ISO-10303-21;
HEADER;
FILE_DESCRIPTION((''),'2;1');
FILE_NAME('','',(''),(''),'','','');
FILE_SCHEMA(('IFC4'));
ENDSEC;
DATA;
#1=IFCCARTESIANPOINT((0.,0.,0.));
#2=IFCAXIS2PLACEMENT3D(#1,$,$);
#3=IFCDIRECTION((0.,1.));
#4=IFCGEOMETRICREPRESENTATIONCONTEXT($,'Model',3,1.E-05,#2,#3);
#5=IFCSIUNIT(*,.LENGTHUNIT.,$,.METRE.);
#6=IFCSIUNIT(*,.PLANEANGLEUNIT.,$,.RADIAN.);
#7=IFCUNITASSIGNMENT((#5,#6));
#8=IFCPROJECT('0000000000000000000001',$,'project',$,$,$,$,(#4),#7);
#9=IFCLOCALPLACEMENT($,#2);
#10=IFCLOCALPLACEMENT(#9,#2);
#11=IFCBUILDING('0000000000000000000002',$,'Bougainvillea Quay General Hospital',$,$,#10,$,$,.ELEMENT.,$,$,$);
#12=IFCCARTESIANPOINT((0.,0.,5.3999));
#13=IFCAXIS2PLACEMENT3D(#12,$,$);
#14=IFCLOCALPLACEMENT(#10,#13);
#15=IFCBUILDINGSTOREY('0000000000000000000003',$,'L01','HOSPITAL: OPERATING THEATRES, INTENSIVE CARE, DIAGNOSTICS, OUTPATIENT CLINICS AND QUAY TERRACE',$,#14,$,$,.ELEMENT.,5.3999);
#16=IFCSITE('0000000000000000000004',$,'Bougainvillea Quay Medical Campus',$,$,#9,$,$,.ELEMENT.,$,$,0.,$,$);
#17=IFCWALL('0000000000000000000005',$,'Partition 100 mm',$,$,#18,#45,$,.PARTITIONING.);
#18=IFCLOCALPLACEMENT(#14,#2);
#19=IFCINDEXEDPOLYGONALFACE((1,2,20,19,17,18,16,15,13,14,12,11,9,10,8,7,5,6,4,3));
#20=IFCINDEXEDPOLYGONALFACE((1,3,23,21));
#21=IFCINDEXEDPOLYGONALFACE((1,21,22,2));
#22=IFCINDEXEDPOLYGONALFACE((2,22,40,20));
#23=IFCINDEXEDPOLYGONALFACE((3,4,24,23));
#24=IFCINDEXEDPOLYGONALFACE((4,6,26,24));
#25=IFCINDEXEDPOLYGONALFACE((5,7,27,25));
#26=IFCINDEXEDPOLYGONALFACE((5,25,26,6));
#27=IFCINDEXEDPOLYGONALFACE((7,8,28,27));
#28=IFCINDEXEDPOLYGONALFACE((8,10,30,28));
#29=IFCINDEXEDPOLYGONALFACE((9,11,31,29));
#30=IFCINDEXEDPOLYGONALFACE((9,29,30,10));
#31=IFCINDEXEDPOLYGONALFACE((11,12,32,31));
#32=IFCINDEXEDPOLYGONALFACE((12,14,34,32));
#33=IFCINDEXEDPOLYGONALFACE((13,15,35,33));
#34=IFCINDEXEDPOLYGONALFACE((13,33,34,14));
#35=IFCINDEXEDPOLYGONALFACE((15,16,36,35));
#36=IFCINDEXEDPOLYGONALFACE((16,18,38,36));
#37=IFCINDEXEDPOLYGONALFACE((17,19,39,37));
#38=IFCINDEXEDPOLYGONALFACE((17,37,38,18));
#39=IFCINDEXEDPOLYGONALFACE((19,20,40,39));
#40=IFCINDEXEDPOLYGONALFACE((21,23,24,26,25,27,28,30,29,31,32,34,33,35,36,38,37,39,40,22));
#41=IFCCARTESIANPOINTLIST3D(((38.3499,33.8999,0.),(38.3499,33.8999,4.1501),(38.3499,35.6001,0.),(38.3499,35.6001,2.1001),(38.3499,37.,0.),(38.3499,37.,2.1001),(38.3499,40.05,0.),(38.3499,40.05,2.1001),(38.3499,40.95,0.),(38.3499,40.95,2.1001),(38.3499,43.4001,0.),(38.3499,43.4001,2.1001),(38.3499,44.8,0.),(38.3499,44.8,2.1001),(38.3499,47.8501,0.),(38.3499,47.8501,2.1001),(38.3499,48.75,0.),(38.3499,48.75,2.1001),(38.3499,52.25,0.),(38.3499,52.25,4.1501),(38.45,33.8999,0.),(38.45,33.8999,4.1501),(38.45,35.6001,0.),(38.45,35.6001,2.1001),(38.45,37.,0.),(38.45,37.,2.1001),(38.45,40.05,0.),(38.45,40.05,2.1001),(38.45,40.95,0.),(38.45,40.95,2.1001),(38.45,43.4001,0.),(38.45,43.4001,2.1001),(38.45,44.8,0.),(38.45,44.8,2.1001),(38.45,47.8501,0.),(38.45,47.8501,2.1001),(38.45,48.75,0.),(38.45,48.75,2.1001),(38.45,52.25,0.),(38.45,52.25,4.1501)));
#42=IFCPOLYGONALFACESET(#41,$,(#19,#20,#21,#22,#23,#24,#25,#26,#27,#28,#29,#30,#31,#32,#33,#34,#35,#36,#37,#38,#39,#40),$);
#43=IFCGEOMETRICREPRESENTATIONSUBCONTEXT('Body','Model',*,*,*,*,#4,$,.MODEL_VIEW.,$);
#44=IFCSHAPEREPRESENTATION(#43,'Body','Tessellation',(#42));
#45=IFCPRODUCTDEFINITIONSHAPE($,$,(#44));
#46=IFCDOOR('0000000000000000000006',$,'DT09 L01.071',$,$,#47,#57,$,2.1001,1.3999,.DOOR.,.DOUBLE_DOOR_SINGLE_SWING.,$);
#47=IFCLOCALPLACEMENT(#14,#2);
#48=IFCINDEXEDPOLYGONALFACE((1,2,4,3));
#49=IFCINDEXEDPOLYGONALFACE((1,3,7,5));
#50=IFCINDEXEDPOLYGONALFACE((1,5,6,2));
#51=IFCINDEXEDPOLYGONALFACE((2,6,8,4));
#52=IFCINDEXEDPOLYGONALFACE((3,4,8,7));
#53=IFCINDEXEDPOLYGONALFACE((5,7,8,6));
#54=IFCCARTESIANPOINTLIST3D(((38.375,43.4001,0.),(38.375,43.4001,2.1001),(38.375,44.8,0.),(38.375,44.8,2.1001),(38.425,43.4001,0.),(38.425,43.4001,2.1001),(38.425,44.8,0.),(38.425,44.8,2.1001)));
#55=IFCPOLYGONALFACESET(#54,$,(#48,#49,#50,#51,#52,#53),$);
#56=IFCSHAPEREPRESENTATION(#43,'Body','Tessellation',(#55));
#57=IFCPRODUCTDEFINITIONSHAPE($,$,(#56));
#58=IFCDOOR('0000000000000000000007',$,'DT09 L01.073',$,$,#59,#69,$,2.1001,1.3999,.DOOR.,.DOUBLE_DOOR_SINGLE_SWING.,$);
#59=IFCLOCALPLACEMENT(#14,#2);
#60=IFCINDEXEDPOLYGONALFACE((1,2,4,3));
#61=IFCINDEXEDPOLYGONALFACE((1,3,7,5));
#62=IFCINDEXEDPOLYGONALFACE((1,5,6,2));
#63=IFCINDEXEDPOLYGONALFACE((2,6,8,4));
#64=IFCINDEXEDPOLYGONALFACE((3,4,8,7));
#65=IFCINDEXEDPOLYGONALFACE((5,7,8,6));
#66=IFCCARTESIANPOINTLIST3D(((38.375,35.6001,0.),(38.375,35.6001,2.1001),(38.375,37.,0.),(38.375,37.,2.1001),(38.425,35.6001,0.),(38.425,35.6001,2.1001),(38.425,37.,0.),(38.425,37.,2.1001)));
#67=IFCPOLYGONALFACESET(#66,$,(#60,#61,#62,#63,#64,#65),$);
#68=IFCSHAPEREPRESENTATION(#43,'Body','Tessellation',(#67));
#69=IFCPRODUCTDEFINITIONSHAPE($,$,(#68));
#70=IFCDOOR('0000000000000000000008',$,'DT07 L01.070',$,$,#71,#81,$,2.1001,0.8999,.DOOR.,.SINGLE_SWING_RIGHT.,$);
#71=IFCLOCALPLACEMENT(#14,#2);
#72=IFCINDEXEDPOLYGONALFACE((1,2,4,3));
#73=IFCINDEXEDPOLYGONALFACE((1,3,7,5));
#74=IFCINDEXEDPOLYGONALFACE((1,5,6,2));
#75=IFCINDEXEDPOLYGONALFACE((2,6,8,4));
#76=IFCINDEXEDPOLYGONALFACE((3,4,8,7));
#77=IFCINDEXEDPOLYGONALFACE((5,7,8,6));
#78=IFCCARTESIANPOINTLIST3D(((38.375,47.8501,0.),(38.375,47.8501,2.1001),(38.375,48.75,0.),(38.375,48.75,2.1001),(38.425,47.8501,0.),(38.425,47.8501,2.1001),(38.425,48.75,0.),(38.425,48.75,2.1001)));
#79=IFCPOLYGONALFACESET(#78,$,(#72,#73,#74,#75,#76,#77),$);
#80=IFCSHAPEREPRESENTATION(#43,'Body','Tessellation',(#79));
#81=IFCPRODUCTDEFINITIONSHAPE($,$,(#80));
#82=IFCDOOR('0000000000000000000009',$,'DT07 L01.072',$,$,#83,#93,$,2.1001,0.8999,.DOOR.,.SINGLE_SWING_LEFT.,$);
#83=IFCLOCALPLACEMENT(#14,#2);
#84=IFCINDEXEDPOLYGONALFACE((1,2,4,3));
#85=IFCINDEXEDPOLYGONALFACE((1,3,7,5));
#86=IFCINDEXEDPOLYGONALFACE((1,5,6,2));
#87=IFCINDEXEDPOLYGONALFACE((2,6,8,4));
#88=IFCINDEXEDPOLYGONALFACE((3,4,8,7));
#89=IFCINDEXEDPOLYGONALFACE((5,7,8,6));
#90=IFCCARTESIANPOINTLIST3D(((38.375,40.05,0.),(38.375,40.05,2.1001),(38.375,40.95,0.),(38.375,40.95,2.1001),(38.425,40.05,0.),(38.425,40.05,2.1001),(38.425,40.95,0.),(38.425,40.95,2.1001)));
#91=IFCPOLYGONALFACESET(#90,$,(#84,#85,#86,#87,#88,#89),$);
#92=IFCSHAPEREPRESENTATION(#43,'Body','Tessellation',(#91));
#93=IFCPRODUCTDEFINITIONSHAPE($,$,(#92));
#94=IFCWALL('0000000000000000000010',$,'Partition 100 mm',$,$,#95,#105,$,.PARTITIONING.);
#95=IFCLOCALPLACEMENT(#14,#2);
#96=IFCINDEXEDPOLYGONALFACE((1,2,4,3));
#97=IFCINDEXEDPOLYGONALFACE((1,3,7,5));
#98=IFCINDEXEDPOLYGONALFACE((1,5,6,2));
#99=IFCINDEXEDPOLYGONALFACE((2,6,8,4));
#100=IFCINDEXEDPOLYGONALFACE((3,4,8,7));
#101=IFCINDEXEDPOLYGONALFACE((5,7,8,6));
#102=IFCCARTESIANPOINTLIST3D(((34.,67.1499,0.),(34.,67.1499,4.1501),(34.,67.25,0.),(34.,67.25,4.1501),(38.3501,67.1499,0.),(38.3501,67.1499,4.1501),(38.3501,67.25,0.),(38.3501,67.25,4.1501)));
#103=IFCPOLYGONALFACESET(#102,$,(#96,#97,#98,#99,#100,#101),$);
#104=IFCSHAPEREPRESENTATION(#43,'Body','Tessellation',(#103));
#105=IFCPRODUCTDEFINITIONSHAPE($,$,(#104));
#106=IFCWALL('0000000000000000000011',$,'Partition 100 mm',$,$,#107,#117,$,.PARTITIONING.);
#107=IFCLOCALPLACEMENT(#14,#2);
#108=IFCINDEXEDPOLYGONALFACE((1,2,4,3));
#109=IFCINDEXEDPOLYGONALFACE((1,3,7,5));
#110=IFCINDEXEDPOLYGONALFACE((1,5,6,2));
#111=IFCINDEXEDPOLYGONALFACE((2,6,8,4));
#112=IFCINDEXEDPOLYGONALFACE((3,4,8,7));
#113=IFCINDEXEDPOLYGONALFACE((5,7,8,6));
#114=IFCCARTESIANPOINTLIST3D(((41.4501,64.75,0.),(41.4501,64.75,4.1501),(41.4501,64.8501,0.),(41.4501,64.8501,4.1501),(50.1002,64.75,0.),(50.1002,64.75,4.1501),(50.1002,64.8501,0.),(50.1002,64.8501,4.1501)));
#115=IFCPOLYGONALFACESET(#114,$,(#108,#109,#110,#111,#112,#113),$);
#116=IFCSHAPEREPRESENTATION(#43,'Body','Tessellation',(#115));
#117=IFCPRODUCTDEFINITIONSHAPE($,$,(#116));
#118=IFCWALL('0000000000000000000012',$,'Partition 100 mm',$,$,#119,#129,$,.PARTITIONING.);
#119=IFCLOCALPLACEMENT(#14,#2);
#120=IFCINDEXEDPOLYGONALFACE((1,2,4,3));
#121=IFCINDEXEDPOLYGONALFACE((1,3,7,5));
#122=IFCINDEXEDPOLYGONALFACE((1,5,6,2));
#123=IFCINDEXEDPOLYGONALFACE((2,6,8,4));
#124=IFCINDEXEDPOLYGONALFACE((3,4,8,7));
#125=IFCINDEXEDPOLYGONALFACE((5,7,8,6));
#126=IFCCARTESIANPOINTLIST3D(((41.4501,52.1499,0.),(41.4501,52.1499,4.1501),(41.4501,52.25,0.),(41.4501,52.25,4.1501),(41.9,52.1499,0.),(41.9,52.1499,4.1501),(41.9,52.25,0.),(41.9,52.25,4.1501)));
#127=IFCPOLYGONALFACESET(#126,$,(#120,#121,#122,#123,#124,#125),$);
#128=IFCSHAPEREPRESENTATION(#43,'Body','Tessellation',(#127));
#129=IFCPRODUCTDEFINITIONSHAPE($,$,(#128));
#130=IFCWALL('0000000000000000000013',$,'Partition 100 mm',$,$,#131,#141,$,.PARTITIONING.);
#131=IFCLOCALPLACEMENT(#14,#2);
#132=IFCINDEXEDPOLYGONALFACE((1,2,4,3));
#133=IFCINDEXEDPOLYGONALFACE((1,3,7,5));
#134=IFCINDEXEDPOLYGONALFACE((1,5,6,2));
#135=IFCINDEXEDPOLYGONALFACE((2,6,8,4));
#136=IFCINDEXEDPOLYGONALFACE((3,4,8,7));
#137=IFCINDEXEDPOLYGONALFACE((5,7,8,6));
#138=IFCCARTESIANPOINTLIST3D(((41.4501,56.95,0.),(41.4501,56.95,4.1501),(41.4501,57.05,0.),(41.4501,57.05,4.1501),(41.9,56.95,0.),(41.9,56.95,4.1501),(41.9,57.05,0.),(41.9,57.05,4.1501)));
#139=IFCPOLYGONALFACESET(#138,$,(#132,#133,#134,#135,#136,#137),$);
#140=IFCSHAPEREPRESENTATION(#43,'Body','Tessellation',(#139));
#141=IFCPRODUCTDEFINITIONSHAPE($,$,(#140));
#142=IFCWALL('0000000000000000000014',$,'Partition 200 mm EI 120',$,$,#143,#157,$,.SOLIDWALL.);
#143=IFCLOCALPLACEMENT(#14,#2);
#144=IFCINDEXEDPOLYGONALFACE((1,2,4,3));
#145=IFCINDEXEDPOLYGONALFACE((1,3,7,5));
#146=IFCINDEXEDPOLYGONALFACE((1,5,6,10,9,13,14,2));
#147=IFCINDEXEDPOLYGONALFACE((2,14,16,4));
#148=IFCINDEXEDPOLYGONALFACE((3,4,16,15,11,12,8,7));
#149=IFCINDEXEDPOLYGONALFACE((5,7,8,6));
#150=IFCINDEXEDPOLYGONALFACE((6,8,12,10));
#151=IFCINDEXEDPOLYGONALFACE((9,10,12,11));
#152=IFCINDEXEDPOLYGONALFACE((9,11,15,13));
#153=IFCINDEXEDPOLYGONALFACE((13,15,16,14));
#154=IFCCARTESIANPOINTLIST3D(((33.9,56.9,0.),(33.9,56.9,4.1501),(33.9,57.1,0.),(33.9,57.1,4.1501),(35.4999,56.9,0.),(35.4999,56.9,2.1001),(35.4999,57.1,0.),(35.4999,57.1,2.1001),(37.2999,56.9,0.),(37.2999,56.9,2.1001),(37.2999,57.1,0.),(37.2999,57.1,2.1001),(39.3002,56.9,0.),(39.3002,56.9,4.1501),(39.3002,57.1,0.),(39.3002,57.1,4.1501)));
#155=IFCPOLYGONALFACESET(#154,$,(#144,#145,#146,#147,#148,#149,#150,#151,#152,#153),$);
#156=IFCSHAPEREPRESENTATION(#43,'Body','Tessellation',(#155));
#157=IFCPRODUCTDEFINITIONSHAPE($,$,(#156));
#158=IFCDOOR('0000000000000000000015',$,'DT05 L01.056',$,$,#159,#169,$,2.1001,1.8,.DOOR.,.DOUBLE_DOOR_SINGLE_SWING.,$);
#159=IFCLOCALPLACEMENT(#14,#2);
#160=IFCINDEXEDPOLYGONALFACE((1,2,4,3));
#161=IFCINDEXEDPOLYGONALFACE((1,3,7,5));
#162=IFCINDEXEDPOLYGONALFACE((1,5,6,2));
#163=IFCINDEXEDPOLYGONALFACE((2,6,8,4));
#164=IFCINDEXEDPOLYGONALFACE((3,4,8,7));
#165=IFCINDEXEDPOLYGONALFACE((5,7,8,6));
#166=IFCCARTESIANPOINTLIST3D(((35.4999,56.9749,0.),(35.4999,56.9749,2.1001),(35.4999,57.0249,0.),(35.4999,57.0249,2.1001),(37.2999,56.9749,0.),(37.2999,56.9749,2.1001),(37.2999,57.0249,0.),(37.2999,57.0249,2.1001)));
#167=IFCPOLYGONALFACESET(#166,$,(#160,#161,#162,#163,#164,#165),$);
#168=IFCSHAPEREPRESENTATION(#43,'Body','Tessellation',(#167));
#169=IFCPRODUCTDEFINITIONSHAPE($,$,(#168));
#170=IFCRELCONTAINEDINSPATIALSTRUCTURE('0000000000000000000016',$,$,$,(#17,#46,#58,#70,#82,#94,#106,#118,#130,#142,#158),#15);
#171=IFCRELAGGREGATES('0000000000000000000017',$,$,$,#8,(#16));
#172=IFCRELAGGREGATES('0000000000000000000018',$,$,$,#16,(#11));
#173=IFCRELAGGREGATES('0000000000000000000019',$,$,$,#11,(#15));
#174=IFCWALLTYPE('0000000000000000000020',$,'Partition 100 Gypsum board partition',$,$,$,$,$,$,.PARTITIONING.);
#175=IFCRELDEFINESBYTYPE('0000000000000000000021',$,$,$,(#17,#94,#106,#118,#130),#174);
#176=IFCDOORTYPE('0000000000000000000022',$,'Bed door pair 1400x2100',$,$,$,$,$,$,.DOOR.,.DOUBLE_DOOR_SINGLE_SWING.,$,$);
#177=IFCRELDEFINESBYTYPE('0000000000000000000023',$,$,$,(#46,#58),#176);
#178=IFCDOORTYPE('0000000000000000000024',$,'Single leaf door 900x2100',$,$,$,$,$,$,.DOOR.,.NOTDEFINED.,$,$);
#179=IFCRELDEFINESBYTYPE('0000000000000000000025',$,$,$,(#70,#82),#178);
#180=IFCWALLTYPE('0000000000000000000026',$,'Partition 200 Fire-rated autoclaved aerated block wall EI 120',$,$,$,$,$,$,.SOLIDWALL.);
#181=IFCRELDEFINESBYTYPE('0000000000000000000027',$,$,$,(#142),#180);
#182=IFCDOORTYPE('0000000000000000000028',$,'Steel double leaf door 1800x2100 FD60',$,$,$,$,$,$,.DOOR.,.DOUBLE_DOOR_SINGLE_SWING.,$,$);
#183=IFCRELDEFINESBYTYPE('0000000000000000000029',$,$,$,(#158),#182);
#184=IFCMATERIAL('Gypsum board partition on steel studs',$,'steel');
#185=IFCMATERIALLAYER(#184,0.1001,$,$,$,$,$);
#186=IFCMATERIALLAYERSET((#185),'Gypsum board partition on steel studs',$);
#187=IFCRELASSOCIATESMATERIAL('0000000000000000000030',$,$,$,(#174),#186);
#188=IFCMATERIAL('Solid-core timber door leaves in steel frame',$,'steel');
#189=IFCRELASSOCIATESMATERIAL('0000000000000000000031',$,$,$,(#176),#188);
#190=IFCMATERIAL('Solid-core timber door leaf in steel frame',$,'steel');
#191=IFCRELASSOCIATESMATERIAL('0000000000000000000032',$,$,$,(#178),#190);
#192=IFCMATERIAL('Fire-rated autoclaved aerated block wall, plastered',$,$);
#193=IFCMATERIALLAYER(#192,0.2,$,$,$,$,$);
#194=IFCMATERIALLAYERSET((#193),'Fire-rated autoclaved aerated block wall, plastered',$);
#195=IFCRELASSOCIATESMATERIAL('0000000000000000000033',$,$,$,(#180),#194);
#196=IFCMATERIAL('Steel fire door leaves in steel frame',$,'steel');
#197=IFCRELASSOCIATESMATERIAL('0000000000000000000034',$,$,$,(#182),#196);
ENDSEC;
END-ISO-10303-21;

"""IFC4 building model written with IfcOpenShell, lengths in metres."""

from ifc_helpers import new_model, si_unit, direction, frame, frame_2d, origin, place, context, subcontext, project, spatial, rectangle, extrude, material, layer, layer_set, type_object, element, fill, save


model = new_model("IFC4")

# Units and contexts
model_context = context("Model", 3, precision=1e-05, world=origin(), true_north=direction((0.0, 1.0)))
body_context = subcontext(model_context, "Body", "Model", "MODEL_VIEW")
ifc_project = project(units=[si_unit("LENGTHUNIT", "METRE"), si_unit("PLANEANGLEUNIT", "RADIAN")], contexts=[model_context])

# Site, building, storey
site_placement = place(None, origin())
site = spatial("IfcSite", under=ifc_project, at=site_placement, Name="Bougainvillea Quay Medical Campus", CompositionType="ELEMENT", RefElevation=0.0)
building_placement = place(site_placement, origin())
building = spatial("IfcBuilding", under=site, at=building_placement, Name="Bougainvillea Quay General Hospital", CompositionType="ELEMENT")
storey_placement = place(building_placement, frame((0.0, 0.0, 5.3999)))
storey = spatial("IfcBuildingStorey", under=building, at=storey_placement, Name="L01", Description="HOSPITAL: OPERATING THEATRES, INTENSIVE CARE, DIAGNOSTICS, OUTPATIENT CLINICS AND QUAY TERRACE", CompositionType="ELEMENT", Elevation=5.3999)

# Wall, openings, doors
ifc_material_1 = material(Name="Gypsum board partition on steel studs", Category="steel")
ifc_layer_1 = layer(ifc_material_1, 0.1001)
ifc_layer_set_1 = layer_set([ifc_layer_1], Name="Gypsum board partition on steel studs")
wall_type_1 = type_object("IfcWallType", Name="Partition 100 Gypsum board partition", PredefinedType="PARTITIONING", material=ifc_layer_set_1)
wall_1_placement = place(storey_placement, frame((38.3999, 52.25, 0.0), z_axis=(0.0, 0.0, 1.0), x_axis=(0.0, -1.0, 0.0)))
wall_1 = element("IfcWall", 1, at=wall_1_placement, inside=storey, type_object=wall_type_1, Name="Partition 100 mm", PredefinedType="PARTITIONING", context=body_context, shape_type="SweptSolid", body=[
    extrude(rectangle(XDim=18.3501, YDim=0.1001, at=frame_2d((9.175, 0.0))), origin(), (0.0, 0.0, 1.0), 4.1501),
])
opening_1_placement = place(wall_1_placement, frame((3.5, 0.0, 0.0)))
opening_1 = element("IfcOpeningElement", 2, at=opening_1_placement, cuts=wall_1, PredefinedType="OPENING", context=body_context, shape_type="SweptSolid", body=[
    extrude(rectangle(XDim=0.8999, YDim=2.1001, at=frame_2d((0.45, 1.05))), frame((0.0, 0.0601, 0.0), z_axis=(0.0, -1.0, 0.0), x_axis=(1.0, 0.0, 0.0)), (0.0, 0.0, 1.0), 0.1201),
])
opening_2_placement = place(wall_1_placement, frame((7.45, 0.0, 0.0)))
opening_2 = element("IfcOpeningElement", 3, at=opening_2_placement, cuts=wall_1, PredefinedType="OPENING", context=body_context, shape_type="SweptSolid", body=[
    extrude(rectangle(XDim=1.3999, YDim=2.1001, at=frame_2d((0.7, 1.05))), frame((0.0, 0.0601, 0.0), z_axis=(0.0, -1.0, 0.0), x_axis=(1.0, 0.0, 0.0)), (0.0, 0.0, 1.0), 0.1201),
])
opening_3_placement = place(wall_1_placement, frame((11.3, 0.0, 0.0)))
opening_3 = element("IfcOpeningElement", 4, at=opening_3_placement, cuts=wall_1, PredefinedType="OPENING", context=body_context, shape_type="SweptSolid", body=[
    extrude(rectangle(XDim=0.8999, YDim=2.1001, at=frame_2d((0.45, 1.05))), frame((0.0, 0.0601, 0.0), z_axis=(0.0, -1.0, 0.0), x_axis=(1.0, 0.0, 0.0)), (0.0, 0.0, 1.0), 0.1201),
])
opening_4_placement = place(wall_1_placement, frame((15.25, 0.0, 0.0)))
opening_4 = element("IfcOpeningElement", 5, at=opening_4_placement, cuts=wall_1, PredefinedType="OPENING", context=body_context, shape_type="SweptSolid", body=[
    extrude(rectangle(XDim=1.3999, YDim=2.1001, at=frame_2d((0.7, 1.05))), frame((0.0, 0.0601, 0.0), z_axis=(0.0, -1.0, 0.0), x_axis=(1.0, 0.0, 0.0)), (0.0, 0.0, 1.0), 0.1201),
])
ifc_material_2 = material(Name="Solid-core timber door leaves in steel frame", Category="steel")
door_type_1 = type_object("IfcDoorType", Name="Bed door pair 1400x2100", OperationType="DOUBLE_DOOR_SINGLE_SWING", PredefinedType="DOOR", material=ifc_material_2)
door_1_placement = place(opening_2_placement, frame((1.3999, 0.0, 0.0), z_axis=(0.0, 0.0, 1.0), x_axis=(-1.0, 0.0, 0.0)))
door_1 = element("IfcDoor", 6, at=door_1_placement, inside=storey, type_object=door_type_1, Name="DT09 L01.071", OperationType="DOUBLE_DOOR_SINGLE_SWING", OverallHeight=2.1001, OverallWidth=1.3999, PredefinedType="DOOR", context=body_context, shape_type="SweptSolid", body=[
    extrude(rectangle(XDim=1.3999, YDim=2.1001, at=frame_2d((0.7, 1.05))), frame((0.0, 0.0249, 0.0), z_axis=(0.0, -1.0, 0.0), x_axis=(1.0, 0.0, 0.0)), (0.0, 0.0, 1.0), 0.05),
])
fill(opening_2, door_1)
door_2_placement = place(opening_4_placement, frame((1.3999, 0.0, 0.0), z_axis=(0.0, 0.0, 1.0), x_axis=(-1.0, 0.0, 0.0)))
door_2 = element("IfcDoor", 7, at=door_2_placement, inside=storey, type_object=door_type_1, Name="DT09 L01.073", OperationType="DOUBLE_DOOR_SINGLE_SWING", OverallHeight=2.1001, OverallWidth=1.3999, PredefinedType="DOOR", context=body_context, shape_type="SweptSolid", body=[
    extrude(rectangle(XDim=1.3999, YDim=2.1001, at=frame_2d((0.7, 1.05))), frame((0.0, 0.0249, 0.0), z_axis=(0.0, -1.0, 0.0), x_axis=(1.0, 0.0, 0.0)), (0.0, 0.0, 1.0), 0.05),
])
fill(opening_4, door_2)
ifc_material_3 = material(Name="Solid-core timber door leaf in steel frame", Category="steel")
door_type_2 = type_object("IfcDoorType", Name="Single leaf door 900x2100", OperationType="NOTDEFINED", PredefinedType="DOOR", material=ifc_material_3)
door_3_placement = place(opening_1_placement, frame((0.8999, 0.0, 0.0), z_axis=(0.0, 0.0, 1.0), x_axis=(-1.0, 0.0, 0.0)))
door_3 = element("IfcDoor", 8, at=door_3_placement, inside=storey, type_object=door_type_2, Name="DT07 L01.070", OperationType="SINGLE_SWING_RIGHT", OverallHeight=2.1001, OverallWidth=0.8999, PredefinedType="DOOR", context=body_context, shape_type="SweptSolid", body=[
    extrude(rectangle(XDim=0.8999, YDim=2.1001, at=frame_2d((0.45, 1.05))), frame((0.0, 0.0249, 0.0), z_axis=(0.0, -1.0, 0.0), x_axis=(1.0, 0.0, 0.0)), (0.0, 0.0, 1.0), 0.05),
])
fill(opening_1, door_3)
door_4_placement = place(opening_3_placement, frame((0.8999, 0.0, 0.0), z_axis=(0.0, 0.0, 1.0), x_axis=(-1.0, 0.0, 0.0)))
door_4 = element("IfcDoor", 9, at=door_4_placement, inside=storey, type_object=door_type_2, Name="DT07 L01.072", OperationType="SINGLE_SWING_LEFT", OverallHeight=2.1001, OverallWidth=0.8999, PredefinedType="DOOR", context=body_context, shape_type="SweptSolid", body=[
    extrude(rectangle(XDim=0.8999, YDim=2.1001, at=frame_2d((0.45, 1.05))), frame((0.0, 0.0249, 0.0), z_axis=(0.0, -1.0, 0.0), x_axis=(1.0, 0.0, 0.0)), (0.0, 0.0, 1.0), 0.05),
])
fill(opening_3, door_4)

# Walls
wall_2_placement = place(storey_placement, frame((34.0, 67.2, 0.0), z_axis=(0.0, 0.0, 1.0), x_axis=(1.0, 0.0, 0.0)))
element("IfcWall", 10, at=wall_2_placement, inside=storey, type_object=wall_type_1, Name="Partition 100 mm", PredefinedType="PARTITIONING", context=body_context, shape_type="SweptSolid", body=[
    extrude(rectangle(XDim=4.3501, YDim=0.1001, at=frame_2d((2.175, 0.0))), origin(), (0.0, 0.0, 1.0), 4.1501),
])
wall_3_placement = place(storey_placement, frame((41.45, 64.8, 0.0), z_axis=(0.0, 0.0, 1.0), x_axis=(1.0, 0.0, 0.0)))
element("IfcWall", 11, at=wall_3_placement, inside=storey, type_object=wall_type_1, Name="Partition 100 mm", PredefinedType="PARTITIONING", context=body_context, shape_type="SweptSolid", body=[
    extrude(rectangle(XDim=8.6501, YDim=0.1001, at=frame_2d((4.3252, 0.0))), origin(), (0.0, 0.0, 1.0), 4.1501),
])
for number, where, z_axis, x_axis, name in (
    (12, (41.45, 52.2, 0.0), (0.0, 0.0, 1.0), (1.0, 0.0, 0.0), "Partition 100 mm"),
    (13, (41.45, 57.0, 0.0), (0.0, 0.0, 1.0), (1.0, 0.0, 0.0), "Partition 100 mm"),
):
    element("IfcWall", number, at=place(storey_placement, frame(where, z_axis=z_axis, x_axis=x_axis)), inside=storey, type_object=wall_type_1, Name=name, PredefinedType="PARTITIONING", context=body_context, shape_type="SweptSolid", body=[
        extrude(rectangle(XDim=0.45, YDim=0.1001, at=frame_2d((0.2251, 0.0))), origin(), (0.0, 0.0, 1.0), 4.1501),
    ])

# Wall, opening, door
ifc_material_4 = material(Name="Fire-rated autoclaved aerated block wall, plastered")
ifc_layer_2 = layer(ifc_material_4, 0.2)
ifc_layer_set_2 = layer_set([ifc_layer_2], Name="Fire-rated autoclaved aerated block wall, plastered")
wall_type_2 = type_object("IfcWallType", Name="Partition 200 Fire-rated autoclaved aerated block wall EI 120", PredefinedType="SOLIDWALL", material=ifc_layer_set_2)
wall_4_placement = place(storey_placement, frame((33.8999, 57.0, 0.0), z_axis=(0.0, 0.0, 1.0), x_axis=(1.0, 0.0, 0.0)))
wall_4 = element("IfcWall", 14, at=wall_4_placement, inside=storey, type_object=wall_type_2, Name="Partition 200 mm EI 120", PredefinedType="SOLIDWALL", context=body_context, shape_type="SweptSolid", body=[
    extrude(rectangle(XDim=5.4001, YDim=0.2, at=frame_2d((2.7002, 0.0))), origin(), (0.0, 0.0, 1.0), 4.1501),
])
opening_5_placement = place(wall_4_placement, frame((1.6001, 0.0, 0.0)))
opening_5 = element("IfcOpeningElement", 15, at=opening_5_placement, cuts=wall_4, PredefinedType="OPENING", context=body_context, shape_type="SweptSolid", body=[
    extrude(rectangle(XDim=1.8, YDim=2.1001, at=frame_2d((0.8999, 1.05))), frame((0.0, 0.1099, 0.0), z_axis=(0.0, -1.0, 0.0), x_axis=(1.0, 0.0, 0.0)), (0.0, 0.0, 1.0), 0.22),
])
ifc_material_5 = material(Name="Steel fire door leaves in steel frame", Category="steel")
door_type_3 = type_object("IfcDoorType", Name="Steel double leaf door 1800x2100 FD60", OperationType="DOUBLE_DOOR_SINGLE_SWING", PredefinedType="DOOR", material=ifc_material_5)
door_5_placement = place(opening_5_placement, origin())
door_5 = element("IfcDoor", 16, at=door_5_placement, inside=storey, type_object=door_type_3, Name="DT05 L01.056", OperationType="DOUBLE_DOOR_SINGLE_SWING", OverallHeight=2.1001, OverallWidth=1.8, PredefinedType="DOOR", context=body_context, shape_type="SweptSolid", body=[
    extrude(rectangle(XDim=1.8, YDim=2.1001, at=frame_2d((0.8999, 1.05))), frame((0.0, 0.0249, 0.0), z_axis=(0.0, -1.0, 0.0), x_axis=(1.0, 0.0, 0.0)), (0.0, 0.0, 1.0), 0.05),
])
fill(opening_5, door_5)

save(model, "model.ifc")
